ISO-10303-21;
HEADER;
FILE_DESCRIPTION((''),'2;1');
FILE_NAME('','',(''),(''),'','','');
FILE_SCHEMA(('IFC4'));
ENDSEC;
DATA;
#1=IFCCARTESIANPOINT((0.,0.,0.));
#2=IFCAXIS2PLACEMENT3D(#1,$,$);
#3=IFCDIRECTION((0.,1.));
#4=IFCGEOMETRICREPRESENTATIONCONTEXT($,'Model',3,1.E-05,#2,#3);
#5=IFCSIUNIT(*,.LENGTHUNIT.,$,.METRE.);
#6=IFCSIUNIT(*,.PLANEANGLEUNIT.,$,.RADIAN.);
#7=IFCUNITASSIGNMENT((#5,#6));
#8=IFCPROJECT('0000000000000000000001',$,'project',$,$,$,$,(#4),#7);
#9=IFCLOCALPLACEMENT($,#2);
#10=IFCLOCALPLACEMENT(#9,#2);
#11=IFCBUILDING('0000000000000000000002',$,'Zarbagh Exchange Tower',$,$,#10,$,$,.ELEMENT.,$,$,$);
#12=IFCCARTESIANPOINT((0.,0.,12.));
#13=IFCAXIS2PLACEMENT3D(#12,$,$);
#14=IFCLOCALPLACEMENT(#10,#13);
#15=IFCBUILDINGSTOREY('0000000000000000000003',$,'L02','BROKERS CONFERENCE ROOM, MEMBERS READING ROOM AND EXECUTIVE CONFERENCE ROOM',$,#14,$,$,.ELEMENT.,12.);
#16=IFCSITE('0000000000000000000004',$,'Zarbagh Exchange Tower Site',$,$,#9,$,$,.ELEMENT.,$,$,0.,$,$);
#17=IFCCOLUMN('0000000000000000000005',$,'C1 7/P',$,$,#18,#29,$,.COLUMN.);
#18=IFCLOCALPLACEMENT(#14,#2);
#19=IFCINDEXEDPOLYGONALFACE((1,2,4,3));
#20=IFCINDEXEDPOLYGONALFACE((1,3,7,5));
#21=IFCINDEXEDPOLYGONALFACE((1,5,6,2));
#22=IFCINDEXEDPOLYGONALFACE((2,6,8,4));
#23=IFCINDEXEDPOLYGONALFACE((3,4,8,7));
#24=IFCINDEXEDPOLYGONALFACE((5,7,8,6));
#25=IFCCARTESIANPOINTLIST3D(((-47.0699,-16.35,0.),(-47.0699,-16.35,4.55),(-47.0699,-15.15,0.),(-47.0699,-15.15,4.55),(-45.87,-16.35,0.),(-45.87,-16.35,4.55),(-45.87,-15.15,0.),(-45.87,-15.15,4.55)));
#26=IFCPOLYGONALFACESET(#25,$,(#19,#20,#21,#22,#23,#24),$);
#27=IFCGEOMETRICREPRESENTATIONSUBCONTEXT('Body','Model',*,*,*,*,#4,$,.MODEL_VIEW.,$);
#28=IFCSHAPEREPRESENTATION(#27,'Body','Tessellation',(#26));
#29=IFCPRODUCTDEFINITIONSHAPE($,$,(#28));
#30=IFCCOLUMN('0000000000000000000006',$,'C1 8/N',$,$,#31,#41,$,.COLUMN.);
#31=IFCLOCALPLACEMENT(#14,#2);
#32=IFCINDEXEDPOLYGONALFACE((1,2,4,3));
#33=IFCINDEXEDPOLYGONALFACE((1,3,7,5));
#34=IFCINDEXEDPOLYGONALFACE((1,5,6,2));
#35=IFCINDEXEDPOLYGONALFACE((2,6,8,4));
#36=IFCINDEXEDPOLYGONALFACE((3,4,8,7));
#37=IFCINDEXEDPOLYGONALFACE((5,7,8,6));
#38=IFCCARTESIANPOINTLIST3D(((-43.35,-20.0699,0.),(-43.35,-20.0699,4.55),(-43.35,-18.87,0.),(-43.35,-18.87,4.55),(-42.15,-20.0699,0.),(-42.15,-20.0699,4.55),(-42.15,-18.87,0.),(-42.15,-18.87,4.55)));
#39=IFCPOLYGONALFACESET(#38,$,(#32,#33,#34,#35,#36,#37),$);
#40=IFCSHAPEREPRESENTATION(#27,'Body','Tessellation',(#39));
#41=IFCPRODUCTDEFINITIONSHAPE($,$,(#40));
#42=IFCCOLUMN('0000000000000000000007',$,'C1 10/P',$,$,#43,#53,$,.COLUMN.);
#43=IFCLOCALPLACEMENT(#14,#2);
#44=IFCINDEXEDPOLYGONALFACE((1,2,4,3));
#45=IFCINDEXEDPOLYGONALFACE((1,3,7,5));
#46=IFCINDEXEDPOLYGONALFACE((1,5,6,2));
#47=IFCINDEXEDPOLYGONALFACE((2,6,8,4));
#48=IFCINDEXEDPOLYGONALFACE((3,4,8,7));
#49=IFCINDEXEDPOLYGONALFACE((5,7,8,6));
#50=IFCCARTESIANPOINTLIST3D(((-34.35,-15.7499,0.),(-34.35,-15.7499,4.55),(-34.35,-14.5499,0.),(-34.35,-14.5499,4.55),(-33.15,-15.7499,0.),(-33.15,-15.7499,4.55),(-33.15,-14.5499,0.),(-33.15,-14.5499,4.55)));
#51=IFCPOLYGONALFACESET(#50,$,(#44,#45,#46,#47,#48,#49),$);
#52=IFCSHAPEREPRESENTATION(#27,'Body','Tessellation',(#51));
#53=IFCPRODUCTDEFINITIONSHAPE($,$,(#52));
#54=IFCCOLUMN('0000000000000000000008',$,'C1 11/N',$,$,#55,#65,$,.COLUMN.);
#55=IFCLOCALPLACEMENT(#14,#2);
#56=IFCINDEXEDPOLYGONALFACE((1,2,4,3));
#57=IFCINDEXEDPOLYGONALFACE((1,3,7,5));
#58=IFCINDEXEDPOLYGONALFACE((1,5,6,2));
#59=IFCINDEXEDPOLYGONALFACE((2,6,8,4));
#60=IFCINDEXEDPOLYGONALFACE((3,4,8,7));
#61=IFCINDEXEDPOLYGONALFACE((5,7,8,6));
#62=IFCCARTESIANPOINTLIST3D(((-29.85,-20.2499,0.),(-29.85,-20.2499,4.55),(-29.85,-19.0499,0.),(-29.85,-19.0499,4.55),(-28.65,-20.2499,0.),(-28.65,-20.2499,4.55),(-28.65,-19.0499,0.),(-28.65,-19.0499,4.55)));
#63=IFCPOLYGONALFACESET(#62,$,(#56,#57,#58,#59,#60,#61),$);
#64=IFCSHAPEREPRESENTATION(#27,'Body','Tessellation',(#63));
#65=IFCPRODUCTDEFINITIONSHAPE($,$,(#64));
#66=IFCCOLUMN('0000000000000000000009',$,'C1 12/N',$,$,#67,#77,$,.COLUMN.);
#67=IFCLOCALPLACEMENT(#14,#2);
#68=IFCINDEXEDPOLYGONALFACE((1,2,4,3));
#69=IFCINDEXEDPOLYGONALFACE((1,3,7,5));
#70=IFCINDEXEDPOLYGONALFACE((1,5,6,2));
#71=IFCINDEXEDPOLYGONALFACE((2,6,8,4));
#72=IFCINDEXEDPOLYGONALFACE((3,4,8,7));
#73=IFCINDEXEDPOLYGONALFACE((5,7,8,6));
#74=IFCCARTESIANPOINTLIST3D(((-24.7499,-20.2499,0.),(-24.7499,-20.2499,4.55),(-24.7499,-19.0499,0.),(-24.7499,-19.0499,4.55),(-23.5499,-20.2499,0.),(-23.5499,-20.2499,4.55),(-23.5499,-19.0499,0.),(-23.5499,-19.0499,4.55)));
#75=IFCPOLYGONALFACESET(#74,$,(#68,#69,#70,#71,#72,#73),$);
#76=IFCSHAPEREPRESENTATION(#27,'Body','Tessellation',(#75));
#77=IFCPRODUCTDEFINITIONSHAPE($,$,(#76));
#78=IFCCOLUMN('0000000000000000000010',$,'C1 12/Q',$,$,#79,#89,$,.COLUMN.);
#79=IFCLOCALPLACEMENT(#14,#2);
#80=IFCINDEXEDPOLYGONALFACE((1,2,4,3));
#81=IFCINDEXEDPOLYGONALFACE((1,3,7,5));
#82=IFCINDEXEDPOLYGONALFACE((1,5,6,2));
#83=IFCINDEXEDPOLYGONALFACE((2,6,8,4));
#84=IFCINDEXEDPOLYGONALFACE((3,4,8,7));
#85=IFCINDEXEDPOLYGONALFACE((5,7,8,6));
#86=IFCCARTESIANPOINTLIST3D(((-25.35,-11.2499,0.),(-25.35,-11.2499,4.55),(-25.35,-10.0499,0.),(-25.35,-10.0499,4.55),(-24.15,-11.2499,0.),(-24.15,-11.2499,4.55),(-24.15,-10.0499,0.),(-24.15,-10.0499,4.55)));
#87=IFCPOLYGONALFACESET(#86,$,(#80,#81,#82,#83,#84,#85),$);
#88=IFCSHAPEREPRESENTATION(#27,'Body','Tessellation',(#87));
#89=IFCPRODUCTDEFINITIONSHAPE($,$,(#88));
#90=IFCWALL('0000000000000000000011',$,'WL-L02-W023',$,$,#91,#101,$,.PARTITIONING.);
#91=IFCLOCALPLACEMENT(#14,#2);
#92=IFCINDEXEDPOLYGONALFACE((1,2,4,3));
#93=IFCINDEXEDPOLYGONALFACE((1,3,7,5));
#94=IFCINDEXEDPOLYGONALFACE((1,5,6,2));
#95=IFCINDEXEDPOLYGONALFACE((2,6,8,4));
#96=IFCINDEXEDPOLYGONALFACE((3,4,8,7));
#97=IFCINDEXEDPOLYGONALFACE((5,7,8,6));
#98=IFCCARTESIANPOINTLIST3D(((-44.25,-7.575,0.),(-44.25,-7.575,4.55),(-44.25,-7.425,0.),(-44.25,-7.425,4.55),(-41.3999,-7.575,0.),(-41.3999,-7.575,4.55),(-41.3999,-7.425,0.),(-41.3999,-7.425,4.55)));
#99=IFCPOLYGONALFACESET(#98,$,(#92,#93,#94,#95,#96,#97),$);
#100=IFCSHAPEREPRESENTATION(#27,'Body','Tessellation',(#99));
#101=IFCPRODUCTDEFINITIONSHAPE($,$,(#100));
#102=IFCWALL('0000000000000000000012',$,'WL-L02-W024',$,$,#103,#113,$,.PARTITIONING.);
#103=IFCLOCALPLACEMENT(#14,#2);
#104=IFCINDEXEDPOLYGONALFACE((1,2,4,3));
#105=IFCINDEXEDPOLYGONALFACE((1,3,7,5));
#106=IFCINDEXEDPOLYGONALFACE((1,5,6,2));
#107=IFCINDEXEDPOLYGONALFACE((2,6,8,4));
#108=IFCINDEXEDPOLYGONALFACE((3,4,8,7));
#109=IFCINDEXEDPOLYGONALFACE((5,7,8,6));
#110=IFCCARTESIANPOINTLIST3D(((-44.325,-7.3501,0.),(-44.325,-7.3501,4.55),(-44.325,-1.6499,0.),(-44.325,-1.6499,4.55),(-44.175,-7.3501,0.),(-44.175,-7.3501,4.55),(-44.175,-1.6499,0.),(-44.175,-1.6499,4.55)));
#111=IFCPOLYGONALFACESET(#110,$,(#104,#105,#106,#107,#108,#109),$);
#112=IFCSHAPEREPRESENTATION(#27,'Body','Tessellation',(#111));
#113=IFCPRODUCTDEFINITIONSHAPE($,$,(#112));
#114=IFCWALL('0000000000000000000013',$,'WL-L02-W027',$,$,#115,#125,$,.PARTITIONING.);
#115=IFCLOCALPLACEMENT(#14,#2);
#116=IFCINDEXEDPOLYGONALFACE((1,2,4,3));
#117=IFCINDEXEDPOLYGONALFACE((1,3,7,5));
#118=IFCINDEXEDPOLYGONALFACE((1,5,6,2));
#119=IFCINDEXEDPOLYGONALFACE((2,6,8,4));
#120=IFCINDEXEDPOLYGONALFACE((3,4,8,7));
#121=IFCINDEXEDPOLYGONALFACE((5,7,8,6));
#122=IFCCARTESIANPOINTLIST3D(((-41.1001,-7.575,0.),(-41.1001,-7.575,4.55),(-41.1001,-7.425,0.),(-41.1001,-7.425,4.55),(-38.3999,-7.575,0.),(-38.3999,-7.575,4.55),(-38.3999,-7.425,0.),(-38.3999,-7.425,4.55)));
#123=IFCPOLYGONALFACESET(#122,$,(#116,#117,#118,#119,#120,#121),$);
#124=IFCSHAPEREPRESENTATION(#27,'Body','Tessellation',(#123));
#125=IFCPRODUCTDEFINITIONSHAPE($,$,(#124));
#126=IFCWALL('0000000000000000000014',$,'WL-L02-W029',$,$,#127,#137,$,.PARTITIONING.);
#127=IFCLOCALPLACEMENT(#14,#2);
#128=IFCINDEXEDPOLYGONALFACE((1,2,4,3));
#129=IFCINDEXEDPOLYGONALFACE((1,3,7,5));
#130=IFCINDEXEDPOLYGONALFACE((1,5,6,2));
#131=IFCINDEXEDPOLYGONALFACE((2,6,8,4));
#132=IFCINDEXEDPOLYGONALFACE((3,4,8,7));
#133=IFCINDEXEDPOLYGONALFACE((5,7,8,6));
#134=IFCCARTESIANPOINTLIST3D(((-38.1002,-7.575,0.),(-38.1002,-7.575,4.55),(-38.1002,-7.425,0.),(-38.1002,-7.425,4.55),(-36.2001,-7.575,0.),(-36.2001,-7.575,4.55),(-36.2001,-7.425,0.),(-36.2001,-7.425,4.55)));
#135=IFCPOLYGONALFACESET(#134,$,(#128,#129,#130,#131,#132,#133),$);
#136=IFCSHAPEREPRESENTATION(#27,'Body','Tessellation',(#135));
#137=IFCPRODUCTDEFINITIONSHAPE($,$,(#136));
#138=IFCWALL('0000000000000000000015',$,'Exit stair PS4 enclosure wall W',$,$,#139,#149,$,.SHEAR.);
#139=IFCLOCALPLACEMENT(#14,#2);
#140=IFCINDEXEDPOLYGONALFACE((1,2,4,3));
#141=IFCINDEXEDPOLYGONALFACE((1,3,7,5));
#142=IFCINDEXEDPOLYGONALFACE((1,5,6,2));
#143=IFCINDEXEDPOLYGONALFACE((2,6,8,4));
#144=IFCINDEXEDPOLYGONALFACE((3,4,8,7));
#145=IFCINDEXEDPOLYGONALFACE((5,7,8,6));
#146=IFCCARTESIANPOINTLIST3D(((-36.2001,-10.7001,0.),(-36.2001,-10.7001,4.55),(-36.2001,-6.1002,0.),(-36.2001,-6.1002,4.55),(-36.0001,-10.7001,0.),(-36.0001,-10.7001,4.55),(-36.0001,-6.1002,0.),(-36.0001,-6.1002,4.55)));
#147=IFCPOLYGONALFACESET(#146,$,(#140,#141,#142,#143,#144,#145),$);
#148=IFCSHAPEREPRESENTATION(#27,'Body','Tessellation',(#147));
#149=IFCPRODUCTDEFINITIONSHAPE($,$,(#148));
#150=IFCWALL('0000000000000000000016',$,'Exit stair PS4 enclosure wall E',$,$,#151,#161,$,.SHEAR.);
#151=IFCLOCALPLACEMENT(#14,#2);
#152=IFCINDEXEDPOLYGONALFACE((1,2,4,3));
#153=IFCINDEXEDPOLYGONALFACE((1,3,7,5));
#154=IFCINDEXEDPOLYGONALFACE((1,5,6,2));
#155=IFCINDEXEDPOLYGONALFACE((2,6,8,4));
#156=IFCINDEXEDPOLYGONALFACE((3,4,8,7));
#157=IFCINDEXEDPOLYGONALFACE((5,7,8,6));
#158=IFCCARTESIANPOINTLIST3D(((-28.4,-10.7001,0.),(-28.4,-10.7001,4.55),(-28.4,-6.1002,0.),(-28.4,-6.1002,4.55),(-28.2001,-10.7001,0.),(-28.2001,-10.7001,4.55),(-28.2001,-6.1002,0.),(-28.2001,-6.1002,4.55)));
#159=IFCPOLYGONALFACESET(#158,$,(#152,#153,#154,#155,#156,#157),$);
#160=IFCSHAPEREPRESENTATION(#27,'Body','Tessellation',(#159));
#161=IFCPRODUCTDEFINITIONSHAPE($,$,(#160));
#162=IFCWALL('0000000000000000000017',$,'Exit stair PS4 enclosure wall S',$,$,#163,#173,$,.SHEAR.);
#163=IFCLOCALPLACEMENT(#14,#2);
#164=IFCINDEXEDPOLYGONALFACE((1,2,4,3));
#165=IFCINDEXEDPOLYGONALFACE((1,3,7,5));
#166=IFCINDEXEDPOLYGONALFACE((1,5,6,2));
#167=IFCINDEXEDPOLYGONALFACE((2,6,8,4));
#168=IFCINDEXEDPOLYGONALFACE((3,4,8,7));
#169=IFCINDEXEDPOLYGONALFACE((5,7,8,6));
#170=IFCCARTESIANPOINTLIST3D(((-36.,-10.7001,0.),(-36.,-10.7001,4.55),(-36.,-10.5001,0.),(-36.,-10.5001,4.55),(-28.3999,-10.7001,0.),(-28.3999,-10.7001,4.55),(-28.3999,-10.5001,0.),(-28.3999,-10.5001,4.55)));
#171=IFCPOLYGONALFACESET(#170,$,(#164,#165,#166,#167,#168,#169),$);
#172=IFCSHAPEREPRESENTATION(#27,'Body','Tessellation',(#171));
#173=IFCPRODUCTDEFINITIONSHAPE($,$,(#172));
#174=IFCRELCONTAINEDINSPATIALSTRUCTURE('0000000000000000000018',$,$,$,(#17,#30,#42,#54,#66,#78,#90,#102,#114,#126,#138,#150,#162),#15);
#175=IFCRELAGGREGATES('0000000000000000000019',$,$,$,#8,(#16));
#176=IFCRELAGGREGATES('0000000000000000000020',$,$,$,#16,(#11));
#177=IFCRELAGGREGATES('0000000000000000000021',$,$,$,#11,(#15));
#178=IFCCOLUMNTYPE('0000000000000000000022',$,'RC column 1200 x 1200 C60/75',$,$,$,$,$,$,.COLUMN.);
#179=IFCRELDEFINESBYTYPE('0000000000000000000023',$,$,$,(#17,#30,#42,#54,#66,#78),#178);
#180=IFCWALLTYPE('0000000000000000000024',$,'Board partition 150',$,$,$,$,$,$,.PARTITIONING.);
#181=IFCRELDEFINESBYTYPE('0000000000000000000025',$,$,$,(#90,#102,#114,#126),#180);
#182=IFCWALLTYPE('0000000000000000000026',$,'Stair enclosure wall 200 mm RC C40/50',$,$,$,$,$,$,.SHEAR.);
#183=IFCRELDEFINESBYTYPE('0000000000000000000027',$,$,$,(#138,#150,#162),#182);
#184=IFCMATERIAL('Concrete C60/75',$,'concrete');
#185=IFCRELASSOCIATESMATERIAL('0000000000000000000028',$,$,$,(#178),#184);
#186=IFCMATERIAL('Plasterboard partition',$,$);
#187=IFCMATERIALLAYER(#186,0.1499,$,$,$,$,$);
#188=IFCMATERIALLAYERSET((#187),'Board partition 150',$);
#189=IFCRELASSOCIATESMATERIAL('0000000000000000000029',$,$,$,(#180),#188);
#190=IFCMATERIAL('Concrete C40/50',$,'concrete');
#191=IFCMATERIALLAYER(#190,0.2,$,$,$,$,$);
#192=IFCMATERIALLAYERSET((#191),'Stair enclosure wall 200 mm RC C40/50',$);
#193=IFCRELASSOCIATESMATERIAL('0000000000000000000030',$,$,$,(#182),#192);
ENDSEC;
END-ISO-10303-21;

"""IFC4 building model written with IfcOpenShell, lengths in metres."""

from ifc_helpers import new_model, si_unit, direction, frame, frame_2d, origin, origin_2d, place, context, subcontext, project, spatial, rectangle, extrude, material, layer, layer_set, material_profile, profile_set, type_object, element, save


model = new_model("IFC4")

# Units and contexts
model_context = context("Model", 3, precision=1e-05, world=origin(), true_north=direction((0.0, 1.0)))
body_context = subcontext(model_context, "Body", "Model", "MODEL_VIEW")
ifc_project = project(units=[si_unit("LENGTHUNIT", "METRE"), si_unit("PLANEANGLEUNIT", "RADIAN")], contexts=[model_context])

# Site, building, storey
site_placement = place(None, origin())
site = spatial("IfcSite", under=ifc_project, at=site_placement, Name="Zarbagh Exchange Tower Site", CompositionType="ELEMENT", RefElevation=0.0)
building_placement = place(site_placement, origin())
building = spatial("IfcBuilding", under=site, at=building_placement, Name="Zarbagh Exchange Tower", CompositionType="ELEMENT")
storey_placement = place(building_placement, frame((0.0, 0.0, 12.0)))
storey = spatial("IfcBuildingStorey", under=building, at=storey_placement, Name="L02", Description="BROKERS CONFERENCE ROOM, MEMBERS READING ROOM AND EXECUTIVE CONFERENCE ROOM", CompositionType="ELEMENT", Elevation=12.0)

# Columns
ifc_material_1 = material(Name="Concrete C60/75", Category="concrete")
ifc_material_profile = material_profile(ifc_material_1, rectangle(XDim=1.2, YDim=1.2, at=origin_2d()), Name="RC column 1200 x 1200 C60/75")
ifc_profile_set = profile_set([ifc_material_profile], Name="Concrete C60/75")
column_type = type_object("IfcColumnType", Name="RC column 1200 x 1200 C60/75", PredefinedType="COLUMN", material=ifc_profile_set)
for number, where, z_axis, x_axis, name in (
    (1, (-46.47, -15.75, 0.0), (0.0, 0.0, 1.0), (1.0, 0.0, 0.0), "C1 7/P"),
    (2, (-42.75, -19.47, 0.0), (0.0, 0.0, 1.0), (1.0, 0.0, 0.0), "C1 8/N"),
    (3, (-33.75, -15.1499, 0.0), (0.0, 0.0, 1.0), (1.0, 0.0, 0.0), "C1 10/P"),
    (4, (-29.25, -19.6499, 0.0), (0.0, 0.0, 1.0), (1.0, 0.0, 0.0), "C1 11/N"),
    (5, (-24.1499, -19.6499, 0.0), (0.0, 0.0, 1.0), (1.0, 0.0, 0.0), "C1 12/N"),
    (6, (-24.75, -10.6499, 0.0), (0.0, 0.0, 1.0), (1.0, 0.0, 0.0), "C1 12/Q"),
):
    element("IfcColumn", number, at=place(storey_placement, frame(where, z_axis=z_axis, x_axis=x_axis)), inside=storey, type_object=column_type, Name=name, PredefinedType="COLUMN", context=body_context, shape_type="SweptSolid", body=[
        extrude(rectangle(XDim=1.2, YDim=1.2, at=origin_2d()), origin(), (0.0, 0.0, 1.0), 4.55),
    ])

# Walls
ifc_material_2 = material(Name="Plasterboard partition")
ifc_layer_1 = layer(ifc_material_2, 0.1499)
ifc_layer_set_1 = layer_set([ifc_layer_1], Name="Board partition 150")
wall_type_1 = type_object("IfcWallType", Name="Board partition 150", PredefinedType="PARTITIONING", material=ifc_layer_set_1)
wall_1_placement = place(storey_placement, frame((-41.3999, -7.5, 0.0), z_axis=(0.0, 0.0, 1.0), x_axis=(-1.0, 0.0, 0.0)))
element("IfcWall", 7, at=wall_1_placement, inside=storey, type_object=wall_type_1, Name="WL-L02-W023", PredefinedType="PARTITIONING", context=body_context, shape_type="SweptSolid", body=[
    extrude(rectangle(XDim=2.8501, YDim=0.1499, at=frame_2d((1.425, 0.0))), origin(), (0.0, 0.0, 1.0), 4.55),
])
wall_2_placement = place(storey_placement, frame((-44.25, -7.3501, 0.0), z_axis=(0.0, 0.0, 1.0), x_axis=(0.0, 1.0, 0.0)))
element("IfcWall", 8, at=wall_2_placement, inside=storey, type_object=wall_type_1, Name="WL-L02-W024", PredefinedType="PARTITIONING", context=body_context, shape_type="SweptSolid", body=[
    extrude(rectangle(XDim=5.7002, YDim=0.1499, at=frame_2d((2.8501, 0.0))), origin(), (0.0, 0.0, 1.0), 4.55),
])
wall_3_placement = place(storey_placement, frame((-38.3999, -7.5, 0.0), z_axis=(0.0, 0.0, 1.0), x_axis=(-1.0, 0.0, 0.0)))
element("IfcWall", 9, at=wall_3_placement, inside=storey, type_object=wall_type_1, Name="WL-L02-W027", PredefinedType="PARTITIONING", context=body_context, shape_type="SweptSolid", body=[
    extrude(rectangle(XDim=2.7002, YDim=0.1499, at=frame_2d((1.3501, 0.0))), origin(), (0.0, 0.0, 1.0), 4.55),
])
wall_4_placement = place(storey_placement, frame((-36.2, -7.5, 0.0), z_axis=(0.0, 0.0, 1.0), x_axis=(-1.0, 0.0, 0.0)))
element("IfcWall", 10, at=wall_4_placement, inside=storey, type_object=wall_type_1, Name="WL-L02-W029", PredefinedType="PARTITIONING", context=body_context, shape_type="SweptSolid", body=[
    extrude(rectangle(XDim=1.9001, YDim=0.1499, at=frame_2d((0.9502, 0.0))), origin(), (0.0, 0.0, 1.0), 4.55),
])
ifc_material_3 = material(Name="Concrete C40/50", Category="concrete")
ifc_layer_2 = layer(ifc_material_3, 0.2)
ifc_layer_set_2 = layer_set([ifc_layer_2], Name="Stair enclosure wall 200 mm RC C40/50")
wall_type_2 = type_object("IfcWallType", Name="Stair enclosure wall 200 mm RC C40/50", PredefinedType="SHEAR", material=ifc_layer_set_2)
for number, where, z_axis, x_axis, name in (
    (11, (-36.1001, -10.7, 0.0), (0.0, 0.0, 1.0), (0.0, 1.0, 0.0), "Exit stair PS4 enclosure wall W"),
    (12, (-28.3, -10.7, 0.0), (0.0, 0.0, 1.0), (0.0, 1.0, 0.0), "Exit stair PS4 enclosure wall E"),
):
    element("IfcWall", number, at=place(storey_placement, frame(where, z_axis=z_axis, x_axis=x_axis)), inside=storey, type_object=wall_type_2, Name=name, PredefinedType="SHEAR", context=body_context, shape_type="SweptSolid", body=[
        extrude(rectangle(XDim=4.5999, YDim=0.2, at=frame_2d((2.2998, 0.0))), origin(), (0.0, 0.0, 1.0), 4.55),
    ])
wall_5_placement = place(storey_placement, frame((-36.0, -10.6001, 0.0), z_axis=(0.0, 0.0, 1.0), x_axis=(1.0, 0.0, 0.0)))
element("IfcWall", 13, at=wall_5_placement, inside=storey, type_object=wall_type_2, Name="Exit stair PS4 enclosure wall S", PredefinedType="SHEAR", context=body_context, shape_type="SweptSolid", body=[
    extrude(rectangle(XDim=7.6001, YDim=0.2, at=frame_2d((3.8, 0.0))), origin(), (0.0, 0.0, 1.0), 4.55),
])

save(model, "model.ifc")
